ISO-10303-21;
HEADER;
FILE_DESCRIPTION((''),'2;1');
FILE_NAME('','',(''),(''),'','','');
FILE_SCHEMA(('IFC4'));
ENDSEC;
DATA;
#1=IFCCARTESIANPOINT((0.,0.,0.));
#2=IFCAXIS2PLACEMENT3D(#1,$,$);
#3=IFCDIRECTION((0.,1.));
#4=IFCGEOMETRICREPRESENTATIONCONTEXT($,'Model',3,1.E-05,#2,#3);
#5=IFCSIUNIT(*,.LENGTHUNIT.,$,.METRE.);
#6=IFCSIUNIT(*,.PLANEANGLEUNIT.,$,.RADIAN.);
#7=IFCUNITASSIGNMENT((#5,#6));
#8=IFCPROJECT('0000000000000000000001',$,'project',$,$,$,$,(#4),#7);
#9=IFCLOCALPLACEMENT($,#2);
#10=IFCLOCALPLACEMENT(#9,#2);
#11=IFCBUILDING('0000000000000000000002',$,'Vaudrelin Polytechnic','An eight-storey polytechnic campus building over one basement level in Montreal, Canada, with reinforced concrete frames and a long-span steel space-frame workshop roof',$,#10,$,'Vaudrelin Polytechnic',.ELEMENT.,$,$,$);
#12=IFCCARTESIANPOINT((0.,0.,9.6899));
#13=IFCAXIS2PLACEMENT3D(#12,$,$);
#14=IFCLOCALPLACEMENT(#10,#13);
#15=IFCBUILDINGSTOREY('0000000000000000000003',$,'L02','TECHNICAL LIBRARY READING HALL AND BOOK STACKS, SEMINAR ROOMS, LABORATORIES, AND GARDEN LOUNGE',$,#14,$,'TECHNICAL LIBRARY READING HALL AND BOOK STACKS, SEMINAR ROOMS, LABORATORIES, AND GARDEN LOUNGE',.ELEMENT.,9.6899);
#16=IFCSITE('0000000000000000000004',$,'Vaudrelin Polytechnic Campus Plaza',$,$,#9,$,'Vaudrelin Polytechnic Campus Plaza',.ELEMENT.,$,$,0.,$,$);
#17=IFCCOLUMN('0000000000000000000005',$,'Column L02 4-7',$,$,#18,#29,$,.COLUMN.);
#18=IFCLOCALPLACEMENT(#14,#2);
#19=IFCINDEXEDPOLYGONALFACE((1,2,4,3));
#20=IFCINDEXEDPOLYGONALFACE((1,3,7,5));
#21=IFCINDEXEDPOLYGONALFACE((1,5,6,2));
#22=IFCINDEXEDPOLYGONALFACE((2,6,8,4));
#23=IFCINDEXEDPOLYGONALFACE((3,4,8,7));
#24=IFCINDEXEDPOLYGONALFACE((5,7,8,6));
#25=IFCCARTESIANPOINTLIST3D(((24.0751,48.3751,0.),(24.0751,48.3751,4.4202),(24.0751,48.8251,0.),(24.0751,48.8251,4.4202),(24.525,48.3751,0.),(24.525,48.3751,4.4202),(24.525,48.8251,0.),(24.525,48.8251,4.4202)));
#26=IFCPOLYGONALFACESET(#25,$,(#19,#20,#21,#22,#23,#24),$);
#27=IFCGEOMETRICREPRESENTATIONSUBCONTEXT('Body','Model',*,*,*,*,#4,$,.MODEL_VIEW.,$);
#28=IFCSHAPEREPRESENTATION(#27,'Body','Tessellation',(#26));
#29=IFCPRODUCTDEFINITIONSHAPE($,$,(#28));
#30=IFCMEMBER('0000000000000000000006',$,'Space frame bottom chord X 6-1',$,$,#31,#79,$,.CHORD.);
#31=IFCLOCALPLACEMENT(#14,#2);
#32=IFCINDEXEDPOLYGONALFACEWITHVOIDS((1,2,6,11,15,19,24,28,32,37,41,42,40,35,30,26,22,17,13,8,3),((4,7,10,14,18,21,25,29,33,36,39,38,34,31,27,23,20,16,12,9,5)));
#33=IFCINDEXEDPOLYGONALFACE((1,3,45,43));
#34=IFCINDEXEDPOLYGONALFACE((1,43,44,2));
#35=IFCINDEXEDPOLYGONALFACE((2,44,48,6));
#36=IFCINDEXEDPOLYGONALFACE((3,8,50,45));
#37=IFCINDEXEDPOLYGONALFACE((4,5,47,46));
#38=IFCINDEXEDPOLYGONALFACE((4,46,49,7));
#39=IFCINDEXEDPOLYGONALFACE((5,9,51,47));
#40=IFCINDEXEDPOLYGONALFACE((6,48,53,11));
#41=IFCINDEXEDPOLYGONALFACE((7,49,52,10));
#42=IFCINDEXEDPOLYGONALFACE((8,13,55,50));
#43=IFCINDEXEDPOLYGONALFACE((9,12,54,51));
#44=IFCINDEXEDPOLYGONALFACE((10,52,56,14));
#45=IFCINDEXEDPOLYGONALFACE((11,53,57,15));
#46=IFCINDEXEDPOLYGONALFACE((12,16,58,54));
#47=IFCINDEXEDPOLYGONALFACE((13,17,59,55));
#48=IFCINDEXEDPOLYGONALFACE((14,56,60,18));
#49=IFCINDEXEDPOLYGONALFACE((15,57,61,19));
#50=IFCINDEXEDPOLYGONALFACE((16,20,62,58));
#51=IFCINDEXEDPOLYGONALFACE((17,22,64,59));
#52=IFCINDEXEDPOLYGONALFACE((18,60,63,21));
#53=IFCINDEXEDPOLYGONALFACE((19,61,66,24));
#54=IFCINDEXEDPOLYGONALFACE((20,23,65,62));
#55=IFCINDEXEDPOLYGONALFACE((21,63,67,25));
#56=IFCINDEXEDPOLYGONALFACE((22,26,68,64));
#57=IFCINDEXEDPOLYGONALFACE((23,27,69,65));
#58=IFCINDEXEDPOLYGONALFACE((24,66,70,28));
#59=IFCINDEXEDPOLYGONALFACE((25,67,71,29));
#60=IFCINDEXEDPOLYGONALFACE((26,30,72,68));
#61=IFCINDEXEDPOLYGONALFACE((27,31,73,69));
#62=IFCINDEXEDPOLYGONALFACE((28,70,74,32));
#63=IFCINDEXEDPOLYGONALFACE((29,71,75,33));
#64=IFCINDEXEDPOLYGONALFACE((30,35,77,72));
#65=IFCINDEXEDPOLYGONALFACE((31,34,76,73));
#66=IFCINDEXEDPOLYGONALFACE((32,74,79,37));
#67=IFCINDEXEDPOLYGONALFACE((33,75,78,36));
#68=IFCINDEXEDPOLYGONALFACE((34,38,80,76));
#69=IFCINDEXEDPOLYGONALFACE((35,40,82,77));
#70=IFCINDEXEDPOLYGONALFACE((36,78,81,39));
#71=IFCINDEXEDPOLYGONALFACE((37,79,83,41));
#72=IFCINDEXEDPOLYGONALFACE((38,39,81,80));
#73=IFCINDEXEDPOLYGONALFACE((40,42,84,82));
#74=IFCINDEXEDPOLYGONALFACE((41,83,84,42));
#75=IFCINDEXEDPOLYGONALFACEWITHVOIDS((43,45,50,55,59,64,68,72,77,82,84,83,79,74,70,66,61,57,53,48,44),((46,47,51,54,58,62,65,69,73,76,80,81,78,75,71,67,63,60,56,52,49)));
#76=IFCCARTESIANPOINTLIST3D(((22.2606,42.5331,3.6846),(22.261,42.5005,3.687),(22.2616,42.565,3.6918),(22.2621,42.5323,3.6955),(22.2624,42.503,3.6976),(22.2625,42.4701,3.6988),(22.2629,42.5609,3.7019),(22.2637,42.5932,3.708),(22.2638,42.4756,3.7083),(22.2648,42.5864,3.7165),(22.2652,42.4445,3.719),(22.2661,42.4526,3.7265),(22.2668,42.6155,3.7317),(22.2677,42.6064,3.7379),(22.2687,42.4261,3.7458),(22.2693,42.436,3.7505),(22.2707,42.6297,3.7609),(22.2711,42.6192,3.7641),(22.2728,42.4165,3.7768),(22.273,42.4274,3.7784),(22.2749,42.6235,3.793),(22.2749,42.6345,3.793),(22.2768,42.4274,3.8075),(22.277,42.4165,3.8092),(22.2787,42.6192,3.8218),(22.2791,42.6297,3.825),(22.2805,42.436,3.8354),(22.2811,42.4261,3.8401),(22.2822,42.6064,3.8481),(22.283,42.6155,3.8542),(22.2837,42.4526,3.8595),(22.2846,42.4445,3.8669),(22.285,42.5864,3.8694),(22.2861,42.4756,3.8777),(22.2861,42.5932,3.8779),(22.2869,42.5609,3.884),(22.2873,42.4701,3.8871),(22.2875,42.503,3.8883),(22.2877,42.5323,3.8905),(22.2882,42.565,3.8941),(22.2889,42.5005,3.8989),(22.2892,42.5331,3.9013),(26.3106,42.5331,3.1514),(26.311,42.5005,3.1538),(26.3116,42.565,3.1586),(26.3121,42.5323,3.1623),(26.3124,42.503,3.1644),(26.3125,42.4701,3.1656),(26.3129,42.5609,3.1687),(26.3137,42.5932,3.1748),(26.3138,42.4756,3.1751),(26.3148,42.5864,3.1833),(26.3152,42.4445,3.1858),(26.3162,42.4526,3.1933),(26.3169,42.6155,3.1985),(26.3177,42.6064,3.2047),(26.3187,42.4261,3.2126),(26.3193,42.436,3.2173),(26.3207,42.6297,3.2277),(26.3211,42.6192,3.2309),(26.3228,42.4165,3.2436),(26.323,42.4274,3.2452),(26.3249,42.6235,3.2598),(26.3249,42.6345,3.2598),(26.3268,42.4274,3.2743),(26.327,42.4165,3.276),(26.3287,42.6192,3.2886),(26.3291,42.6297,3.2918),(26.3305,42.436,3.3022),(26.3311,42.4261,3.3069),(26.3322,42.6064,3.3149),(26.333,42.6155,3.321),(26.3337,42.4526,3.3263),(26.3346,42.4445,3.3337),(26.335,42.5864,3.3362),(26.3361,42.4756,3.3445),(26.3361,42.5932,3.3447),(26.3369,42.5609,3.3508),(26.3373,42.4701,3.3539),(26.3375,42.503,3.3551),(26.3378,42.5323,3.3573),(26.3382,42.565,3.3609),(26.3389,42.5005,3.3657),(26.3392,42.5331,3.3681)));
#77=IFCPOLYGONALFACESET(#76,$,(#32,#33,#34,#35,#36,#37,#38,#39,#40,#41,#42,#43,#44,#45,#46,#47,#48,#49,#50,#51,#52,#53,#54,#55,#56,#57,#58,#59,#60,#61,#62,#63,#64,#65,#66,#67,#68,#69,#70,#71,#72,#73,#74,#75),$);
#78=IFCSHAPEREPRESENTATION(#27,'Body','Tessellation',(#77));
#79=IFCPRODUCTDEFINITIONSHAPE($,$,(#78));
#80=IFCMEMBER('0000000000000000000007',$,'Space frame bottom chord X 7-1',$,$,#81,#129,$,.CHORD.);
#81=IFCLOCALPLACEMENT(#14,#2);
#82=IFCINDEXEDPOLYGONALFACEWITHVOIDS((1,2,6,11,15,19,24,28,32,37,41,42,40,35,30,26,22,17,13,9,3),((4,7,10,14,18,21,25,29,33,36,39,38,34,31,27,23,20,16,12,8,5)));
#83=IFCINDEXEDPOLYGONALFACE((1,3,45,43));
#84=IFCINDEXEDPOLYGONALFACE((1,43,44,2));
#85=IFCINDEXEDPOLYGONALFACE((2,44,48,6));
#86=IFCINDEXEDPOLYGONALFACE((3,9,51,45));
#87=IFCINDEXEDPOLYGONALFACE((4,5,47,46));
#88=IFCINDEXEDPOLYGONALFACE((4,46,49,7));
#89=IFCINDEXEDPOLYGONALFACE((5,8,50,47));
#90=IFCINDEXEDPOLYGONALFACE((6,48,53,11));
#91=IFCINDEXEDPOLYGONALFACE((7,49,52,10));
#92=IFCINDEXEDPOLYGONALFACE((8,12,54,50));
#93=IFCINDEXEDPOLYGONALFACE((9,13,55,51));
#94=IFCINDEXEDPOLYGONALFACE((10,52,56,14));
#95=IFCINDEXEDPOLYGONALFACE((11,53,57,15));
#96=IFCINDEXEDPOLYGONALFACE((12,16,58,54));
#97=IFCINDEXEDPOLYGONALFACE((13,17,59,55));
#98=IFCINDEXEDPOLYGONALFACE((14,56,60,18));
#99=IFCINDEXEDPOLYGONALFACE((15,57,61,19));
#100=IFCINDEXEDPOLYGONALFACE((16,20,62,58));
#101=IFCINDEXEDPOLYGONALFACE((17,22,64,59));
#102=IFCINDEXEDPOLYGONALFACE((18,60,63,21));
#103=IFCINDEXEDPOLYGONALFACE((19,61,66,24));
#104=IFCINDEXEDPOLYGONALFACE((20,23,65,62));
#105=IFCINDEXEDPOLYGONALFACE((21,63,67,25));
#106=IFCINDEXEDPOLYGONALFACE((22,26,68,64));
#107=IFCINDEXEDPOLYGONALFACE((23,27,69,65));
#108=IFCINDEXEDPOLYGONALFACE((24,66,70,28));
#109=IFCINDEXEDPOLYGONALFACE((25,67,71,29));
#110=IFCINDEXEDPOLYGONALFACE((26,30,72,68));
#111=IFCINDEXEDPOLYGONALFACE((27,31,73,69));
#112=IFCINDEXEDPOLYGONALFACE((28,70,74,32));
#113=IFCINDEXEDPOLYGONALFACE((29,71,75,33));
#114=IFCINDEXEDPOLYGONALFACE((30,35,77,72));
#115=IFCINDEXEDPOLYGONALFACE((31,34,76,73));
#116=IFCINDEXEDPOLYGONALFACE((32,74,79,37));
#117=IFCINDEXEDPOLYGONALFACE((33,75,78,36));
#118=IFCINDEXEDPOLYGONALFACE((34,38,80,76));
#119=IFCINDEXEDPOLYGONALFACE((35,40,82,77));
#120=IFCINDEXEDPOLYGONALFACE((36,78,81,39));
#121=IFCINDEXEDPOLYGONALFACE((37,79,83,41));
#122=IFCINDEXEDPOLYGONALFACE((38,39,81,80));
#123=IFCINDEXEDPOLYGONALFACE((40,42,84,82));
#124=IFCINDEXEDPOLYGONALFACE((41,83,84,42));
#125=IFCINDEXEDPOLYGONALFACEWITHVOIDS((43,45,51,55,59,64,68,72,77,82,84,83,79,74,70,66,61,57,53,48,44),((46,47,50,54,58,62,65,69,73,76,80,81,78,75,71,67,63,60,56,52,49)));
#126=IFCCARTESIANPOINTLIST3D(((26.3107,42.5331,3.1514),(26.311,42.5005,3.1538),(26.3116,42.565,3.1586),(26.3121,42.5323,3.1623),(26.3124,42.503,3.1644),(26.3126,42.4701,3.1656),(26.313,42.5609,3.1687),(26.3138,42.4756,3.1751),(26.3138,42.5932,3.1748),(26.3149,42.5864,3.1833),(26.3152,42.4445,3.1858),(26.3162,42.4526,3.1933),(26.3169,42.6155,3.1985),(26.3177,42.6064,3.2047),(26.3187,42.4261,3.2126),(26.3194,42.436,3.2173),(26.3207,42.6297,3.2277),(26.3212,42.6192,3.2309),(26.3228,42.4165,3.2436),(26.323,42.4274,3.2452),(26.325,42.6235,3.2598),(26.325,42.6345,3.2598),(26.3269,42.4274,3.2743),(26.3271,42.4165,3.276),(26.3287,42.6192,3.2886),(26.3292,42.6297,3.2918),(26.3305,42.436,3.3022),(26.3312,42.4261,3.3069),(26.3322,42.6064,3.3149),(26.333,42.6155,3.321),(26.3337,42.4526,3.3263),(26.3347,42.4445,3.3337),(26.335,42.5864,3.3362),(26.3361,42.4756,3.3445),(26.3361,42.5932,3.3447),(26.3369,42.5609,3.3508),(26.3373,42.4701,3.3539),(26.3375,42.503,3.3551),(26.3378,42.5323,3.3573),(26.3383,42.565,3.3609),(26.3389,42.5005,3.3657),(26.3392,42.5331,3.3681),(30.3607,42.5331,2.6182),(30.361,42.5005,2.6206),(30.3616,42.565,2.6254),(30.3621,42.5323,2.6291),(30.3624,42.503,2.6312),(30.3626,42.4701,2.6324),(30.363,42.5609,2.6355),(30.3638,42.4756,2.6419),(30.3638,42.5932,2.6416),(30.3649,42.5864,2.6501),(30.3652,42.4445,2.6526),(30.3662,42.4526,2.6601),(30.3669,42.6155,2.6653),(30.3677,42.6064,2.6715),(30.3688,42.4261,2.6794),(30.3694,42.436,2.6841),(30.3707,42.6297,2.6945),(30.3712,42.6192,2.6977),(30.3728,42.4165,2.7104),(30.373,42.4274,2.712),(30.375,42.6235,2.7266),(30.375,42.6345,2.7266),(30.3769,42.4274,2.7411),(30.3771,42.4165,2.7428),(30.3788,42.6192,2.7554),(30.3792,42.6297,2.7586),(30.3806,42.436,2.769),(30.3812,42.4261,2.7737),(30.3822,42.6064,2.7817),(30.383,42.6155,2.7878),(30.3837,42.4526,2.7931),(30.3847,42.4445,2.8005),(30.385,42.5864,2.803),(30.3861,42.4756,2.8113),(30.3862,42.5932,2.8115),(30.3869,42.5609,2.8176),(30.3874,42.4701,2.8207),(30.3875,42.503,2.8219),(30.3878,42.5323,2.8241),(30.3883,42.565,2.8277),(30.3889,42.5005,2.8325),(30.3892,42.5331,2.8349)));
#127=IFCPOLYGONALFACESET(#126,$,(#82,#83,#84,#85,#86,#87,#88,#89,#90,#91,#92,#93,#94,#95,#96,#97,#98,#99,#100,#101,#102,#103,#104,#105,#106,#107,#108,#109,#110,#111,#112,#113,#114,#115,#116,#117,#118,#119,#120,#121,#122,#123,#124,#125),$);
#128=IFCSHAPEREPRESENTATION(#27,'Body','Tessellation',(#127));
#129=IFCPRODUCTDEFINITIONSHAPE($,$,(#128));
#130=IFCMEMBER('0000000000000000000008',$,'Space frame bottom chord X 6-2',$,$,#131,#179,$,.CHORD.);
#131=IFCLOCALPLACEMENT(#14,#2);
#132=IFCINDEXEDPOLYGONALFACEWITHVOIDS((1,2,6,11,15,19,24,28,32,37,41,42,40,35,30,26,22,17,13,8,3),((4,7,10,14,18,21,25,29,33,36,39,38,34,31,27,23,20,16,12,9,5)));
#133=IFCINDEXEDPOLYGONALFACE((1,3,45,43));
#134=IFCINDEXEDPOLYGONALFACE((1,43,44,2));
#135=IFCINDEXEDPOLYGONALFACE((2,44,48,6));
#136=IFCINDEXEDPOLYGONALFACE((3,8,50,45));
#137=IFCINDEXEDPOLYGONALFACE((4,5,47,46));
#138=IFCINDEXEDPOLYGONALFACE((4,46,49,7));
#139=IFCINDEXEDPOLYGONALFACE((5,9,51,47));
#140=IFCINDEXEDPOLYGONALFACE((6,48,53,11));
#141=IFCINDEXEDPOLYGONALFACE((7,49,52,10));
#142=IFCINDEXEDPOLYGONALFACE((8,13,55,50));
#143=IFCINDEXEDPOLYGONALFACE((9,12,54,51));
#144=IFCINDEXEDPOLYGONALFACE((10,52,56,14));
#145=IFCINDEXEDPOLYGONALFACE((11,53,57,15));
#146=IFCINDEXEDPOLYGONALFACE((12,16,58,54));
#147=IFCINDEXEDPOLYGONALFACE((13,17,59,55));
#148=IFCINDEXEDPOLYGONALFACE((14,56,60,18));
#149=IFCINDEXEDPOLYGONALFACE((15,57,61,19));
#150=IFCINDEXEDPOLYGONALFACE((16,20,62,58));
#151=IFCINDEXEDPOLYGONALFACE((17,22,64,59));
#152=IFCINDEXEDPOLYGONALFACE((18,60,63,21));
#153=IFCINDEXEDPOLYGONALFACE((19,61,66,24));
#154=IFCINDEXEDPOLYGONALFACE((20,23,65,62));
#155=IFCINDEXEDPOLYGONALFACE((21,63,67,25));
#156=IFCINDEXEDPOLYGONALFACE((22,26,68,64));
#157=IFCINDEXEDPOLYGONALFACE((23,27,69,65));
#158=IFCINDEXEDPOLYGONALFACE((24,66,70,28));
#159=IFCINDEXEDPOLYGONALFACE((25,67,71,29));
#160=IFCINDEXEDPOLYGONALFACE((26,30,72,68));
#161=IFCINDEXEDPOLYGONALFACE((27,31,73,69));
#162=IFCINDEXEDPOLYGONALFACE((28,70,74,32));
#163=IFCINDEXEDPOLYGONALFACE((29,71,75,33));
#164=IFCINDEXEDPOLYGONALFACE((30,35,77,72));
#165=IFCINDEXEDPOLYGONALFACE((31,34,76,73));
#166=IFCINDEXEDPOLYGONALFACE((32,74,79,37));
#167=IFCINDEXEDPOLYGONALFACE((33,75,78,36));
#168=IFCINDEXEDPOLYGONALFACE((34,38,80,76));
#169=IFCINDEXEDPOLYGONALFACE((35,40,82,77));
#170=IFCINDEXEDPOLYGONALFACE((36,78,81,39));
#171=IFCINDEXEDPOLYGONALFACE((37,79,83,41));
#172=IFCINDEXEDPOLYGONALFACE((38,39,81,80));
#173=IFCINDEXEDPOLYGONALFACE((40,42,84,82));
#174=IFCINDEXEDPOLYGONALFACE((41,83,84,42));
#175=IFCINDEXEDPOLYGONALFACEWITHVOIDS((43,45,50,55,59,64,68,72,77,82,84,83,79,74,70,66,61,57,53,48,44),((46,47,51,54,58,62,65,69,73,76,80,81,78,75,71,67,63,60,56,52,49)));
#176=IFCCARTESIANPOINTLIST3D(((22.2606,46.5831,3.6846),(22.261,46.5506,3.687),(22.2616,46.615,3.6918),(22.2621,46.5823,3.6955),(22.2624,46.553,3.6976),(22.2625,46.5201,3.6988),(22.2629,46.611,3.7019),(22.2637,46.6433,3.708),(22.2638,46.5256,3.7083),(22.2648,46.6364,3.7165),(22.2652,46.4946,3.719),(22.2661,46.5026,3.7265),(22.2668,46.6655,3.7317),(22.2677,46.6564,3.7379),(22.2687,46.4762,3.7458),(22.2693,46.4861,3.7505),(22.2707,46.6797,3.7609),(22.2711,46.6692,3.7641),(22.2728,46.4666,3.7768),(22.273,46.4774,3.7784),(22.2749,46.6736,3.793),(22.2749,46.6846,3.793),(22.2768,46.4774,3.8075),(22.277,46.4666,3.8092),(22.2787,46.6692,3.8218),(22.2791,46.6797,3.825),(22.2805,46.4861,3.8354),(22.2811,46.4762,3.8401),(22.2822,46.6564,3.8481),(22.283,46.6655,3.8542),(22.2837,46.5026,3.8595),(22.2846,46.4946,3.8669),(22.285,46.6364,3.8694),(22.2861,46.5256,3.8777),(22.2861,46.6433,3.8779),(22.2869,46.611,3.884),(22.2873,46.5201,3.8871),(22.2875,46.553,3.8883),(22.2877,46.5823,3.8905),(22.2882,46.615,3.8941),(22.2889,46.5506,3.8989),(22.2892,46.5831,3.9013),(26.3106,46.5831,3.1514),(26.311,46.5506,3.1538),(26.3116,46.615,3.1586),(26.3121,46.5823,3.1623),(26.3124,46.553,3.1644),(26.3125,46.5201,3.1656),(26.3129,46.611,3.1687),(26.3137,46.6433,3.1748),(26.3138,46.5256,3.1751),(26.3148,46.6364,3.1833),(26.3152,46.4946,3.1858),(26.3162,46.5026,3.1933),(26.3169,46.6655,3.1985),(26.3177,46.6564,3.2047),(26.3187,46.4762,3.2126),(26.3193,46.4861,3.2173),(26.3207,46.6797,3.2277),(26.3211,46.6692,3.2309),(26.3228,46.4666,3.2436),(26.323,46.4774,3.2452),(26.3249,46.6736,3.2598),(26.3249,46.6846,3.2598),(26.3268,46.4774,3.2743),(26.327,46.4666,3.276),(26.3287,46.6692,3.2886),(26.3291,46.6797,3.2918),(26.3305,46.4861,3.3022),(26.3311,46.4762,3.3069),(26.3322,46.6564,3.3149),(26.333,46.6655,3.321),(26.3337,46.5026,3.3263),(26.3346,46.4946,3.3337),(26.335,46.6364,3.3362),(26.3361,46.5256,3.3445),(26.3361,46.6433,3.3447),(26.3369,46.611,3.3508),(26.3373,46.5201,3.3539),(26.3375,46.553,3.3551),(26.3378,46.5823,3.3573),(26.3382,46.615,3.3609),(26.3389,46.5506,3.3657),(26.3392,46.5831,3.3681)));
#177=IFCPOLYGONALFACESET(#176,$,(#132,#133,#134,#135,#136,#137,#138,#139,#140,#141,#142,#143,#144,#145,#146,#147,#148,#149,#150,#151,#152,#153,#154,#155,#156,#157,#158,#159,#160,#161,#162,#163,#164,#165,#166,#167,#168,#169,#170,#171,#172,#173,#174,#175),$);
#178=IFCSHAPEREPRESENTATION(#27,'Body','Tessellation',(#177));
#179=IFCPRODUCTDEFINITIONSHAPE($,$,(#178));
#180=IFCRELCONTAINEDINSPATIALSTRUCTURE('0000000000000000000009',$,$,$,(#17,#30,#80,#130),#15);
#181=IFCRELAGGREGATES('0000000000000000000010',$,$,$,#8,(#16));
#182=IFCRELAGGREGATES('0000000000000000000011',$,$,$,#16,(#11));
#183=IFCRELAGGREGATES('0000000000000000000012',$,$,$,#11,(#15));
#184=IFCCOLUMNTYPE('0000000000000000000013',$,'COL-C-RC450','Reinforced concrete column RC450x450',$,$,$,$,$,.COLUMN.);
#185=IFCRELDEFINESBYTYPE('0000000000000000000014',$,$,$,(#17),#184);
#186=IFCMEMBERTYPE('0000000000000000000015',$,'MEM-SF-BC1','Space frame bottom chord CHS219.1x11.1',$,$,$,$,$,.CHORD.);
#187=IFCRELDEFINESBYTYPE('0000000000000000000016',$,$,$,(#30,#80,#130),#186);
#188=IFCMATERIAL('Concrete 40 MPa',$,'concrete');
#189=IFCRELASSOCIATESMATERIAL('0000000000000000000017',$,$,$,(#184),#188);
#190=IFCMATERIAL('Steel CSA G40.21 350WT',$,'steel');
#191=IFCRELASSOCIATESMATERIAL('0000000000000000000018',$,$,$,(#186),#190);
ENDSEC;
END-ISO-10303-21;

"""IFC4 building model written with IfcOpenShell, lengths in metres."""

from ifc_helpers import new_model, si_unit, direction, frame, origin, origin_2d, place, context, subcontext, project, spatial, rectangle, hollow_circle, extrude, material, material_profile, profile_set, type_object, element, save


model = new_model("IFC4")

# Units and contexts
model_context = context("Model", 3, precision=1e-05, world=origin(), true_north=direction((0.0, 1.0)))
body_context = subcontext(model_context, "Body", "Model", "MODEL_VIEW")
ifc_project = project(units=[si_unit("LENGTHUNIT", "METRE"), si_unit("PLANEANGLEUNIT", "RADIAN")], contexts=[model_context])

# Site, building, storey
site_placement = place(None, origin())
site = spatial("IfcSite", under=ifc_project, at=site_placement, Name="Vaudrelin Polytechnic Campus Plaza", LongName="Vaudrelin Polytechnic Campus Plaza", CompositionType="ELEMENT", RefElevation=0.0)
building_placement = place(site_placement, origin())
building = spatial("IfcBuilding", under=site, at=building_placement, Name="Vaudrelin Polytechnic", Description="An eight-storey polytechnic campus building over one basement level in Montreal, Canada, with reinforced concrete frames and a long-span steel space-frame workshop roof", LongName="Vaudrelin Polytechnic", CompositionType="ELEMENT")
storey_placement = place(building_placement, frame((0.0, 0.0, 9.6899)))
storey = spatial("IfcBuildingStorey", under=building, at=storey_placement, Name="L02", Description="TECHNICAL LIBRARY READING HALL AND BOOK STACKS, SEMINAR ROOMS, LABORATORIES, AND GARDEN LOUNGE", LongName="TECHNICAL LIBRARY READING HALL AND BOOK STACKS, SEMINAR ROOMS, LABORATORIES, AND GARDEN LOUNGE", CompositionType="ELEMENT", Elevation=9.6899)

# Column
ifc_material_1 = material(Name="Concrete 40 MPa", Category="concrete")
ifc_material_profile_1 = material_profile(ifc_material_1, rectangle(XDim=0.45, YDim=0.45, at=origin_2d()), Name="RC450x450")
ifc_profile_set_1 = profile_set([ifc_material_profile_1], Name="Concrete 40 MPa")
column_type = type_object("IfcColumnType", Name="COL-C-RC450", Description="Reinforced concrete column RC450x450", PredefinedType="COLUMN", material=ifc_profile_set_1)
column_placement = place(storey_placement, frame((24.3, 48.6001, 0.0), z_axis=(0.0, 0.0, 1.0), x_axis=(1.0, 0.0, 0.0)))
element("IfcColumn", 1, at=column_placement, inside=storey, type_object=column_type, Name="Column L02 4-7", PredefinedType="COLUMN", context=body_context, shape_type="SweptSolid", body=[
    extrude(rectangle(XDim=0.45, YDim=0.45, at=origin_2d()), origin(), (0.0, 0.0, 1.0), 4.4202),
])

# Members
ifc_material_2 = material(Name="Steel CSA G40.21 350WT", Category="steel")
ifc_material_profile_2 = material_profile(ifc_material_2, hollow_circle(Radius=0.1096, WallThickness=0.011, at=origin_2d()), Name="CHS219.1x11.1")
ifc_profile_set_2 = profile_set([ifc_material_profile_2], Name="Steel CSA G40.21 350WT")
member_type = type_object("IfcMemberType", Name="MEM-SF-BC1", Description="Space frame bottom chord CHS219.1x11.1", PredefinedType="CHORD", material=ifc_profile_set_2)
for number, where, z_axis, x_axis, name in (
    (2, (22.2749, 42.5249, 3.793), (0.991445, 0.0, -0.130527), (0.0, 1.0, 0.0), "Space frame bottom chord X 6-1"),
    (3, (26.325, 42.5249, 3.2598), (0.991445, 0.0, -0.130527), (0.0, 1.0, 0.0), "Space frame bottom chord X 7-1"),
    (4, (22.2749, 46.575, 3.793), (0.991445, 0.0, -0.130527), (0.0, 1.0, 0.0), "Space frame bottom chord X 6-2"),
):
    element("IfcMember", number, at=place(storey_placement, frame(where, z_axis=z_axis, x_axis=x_axis)), inside=storey, type_object=member_type, Name=name, PredefinedType="CHORD", context=body_context, shape_type="SweptSolid", body=[
        extrude(hollow_circle(Radius=0.1096, WallThickness=0.011, at=origin_2d()), origin(), (0.0, 0.0, 1.0), 4.085),
    ])

save(model, "model.ifc")
